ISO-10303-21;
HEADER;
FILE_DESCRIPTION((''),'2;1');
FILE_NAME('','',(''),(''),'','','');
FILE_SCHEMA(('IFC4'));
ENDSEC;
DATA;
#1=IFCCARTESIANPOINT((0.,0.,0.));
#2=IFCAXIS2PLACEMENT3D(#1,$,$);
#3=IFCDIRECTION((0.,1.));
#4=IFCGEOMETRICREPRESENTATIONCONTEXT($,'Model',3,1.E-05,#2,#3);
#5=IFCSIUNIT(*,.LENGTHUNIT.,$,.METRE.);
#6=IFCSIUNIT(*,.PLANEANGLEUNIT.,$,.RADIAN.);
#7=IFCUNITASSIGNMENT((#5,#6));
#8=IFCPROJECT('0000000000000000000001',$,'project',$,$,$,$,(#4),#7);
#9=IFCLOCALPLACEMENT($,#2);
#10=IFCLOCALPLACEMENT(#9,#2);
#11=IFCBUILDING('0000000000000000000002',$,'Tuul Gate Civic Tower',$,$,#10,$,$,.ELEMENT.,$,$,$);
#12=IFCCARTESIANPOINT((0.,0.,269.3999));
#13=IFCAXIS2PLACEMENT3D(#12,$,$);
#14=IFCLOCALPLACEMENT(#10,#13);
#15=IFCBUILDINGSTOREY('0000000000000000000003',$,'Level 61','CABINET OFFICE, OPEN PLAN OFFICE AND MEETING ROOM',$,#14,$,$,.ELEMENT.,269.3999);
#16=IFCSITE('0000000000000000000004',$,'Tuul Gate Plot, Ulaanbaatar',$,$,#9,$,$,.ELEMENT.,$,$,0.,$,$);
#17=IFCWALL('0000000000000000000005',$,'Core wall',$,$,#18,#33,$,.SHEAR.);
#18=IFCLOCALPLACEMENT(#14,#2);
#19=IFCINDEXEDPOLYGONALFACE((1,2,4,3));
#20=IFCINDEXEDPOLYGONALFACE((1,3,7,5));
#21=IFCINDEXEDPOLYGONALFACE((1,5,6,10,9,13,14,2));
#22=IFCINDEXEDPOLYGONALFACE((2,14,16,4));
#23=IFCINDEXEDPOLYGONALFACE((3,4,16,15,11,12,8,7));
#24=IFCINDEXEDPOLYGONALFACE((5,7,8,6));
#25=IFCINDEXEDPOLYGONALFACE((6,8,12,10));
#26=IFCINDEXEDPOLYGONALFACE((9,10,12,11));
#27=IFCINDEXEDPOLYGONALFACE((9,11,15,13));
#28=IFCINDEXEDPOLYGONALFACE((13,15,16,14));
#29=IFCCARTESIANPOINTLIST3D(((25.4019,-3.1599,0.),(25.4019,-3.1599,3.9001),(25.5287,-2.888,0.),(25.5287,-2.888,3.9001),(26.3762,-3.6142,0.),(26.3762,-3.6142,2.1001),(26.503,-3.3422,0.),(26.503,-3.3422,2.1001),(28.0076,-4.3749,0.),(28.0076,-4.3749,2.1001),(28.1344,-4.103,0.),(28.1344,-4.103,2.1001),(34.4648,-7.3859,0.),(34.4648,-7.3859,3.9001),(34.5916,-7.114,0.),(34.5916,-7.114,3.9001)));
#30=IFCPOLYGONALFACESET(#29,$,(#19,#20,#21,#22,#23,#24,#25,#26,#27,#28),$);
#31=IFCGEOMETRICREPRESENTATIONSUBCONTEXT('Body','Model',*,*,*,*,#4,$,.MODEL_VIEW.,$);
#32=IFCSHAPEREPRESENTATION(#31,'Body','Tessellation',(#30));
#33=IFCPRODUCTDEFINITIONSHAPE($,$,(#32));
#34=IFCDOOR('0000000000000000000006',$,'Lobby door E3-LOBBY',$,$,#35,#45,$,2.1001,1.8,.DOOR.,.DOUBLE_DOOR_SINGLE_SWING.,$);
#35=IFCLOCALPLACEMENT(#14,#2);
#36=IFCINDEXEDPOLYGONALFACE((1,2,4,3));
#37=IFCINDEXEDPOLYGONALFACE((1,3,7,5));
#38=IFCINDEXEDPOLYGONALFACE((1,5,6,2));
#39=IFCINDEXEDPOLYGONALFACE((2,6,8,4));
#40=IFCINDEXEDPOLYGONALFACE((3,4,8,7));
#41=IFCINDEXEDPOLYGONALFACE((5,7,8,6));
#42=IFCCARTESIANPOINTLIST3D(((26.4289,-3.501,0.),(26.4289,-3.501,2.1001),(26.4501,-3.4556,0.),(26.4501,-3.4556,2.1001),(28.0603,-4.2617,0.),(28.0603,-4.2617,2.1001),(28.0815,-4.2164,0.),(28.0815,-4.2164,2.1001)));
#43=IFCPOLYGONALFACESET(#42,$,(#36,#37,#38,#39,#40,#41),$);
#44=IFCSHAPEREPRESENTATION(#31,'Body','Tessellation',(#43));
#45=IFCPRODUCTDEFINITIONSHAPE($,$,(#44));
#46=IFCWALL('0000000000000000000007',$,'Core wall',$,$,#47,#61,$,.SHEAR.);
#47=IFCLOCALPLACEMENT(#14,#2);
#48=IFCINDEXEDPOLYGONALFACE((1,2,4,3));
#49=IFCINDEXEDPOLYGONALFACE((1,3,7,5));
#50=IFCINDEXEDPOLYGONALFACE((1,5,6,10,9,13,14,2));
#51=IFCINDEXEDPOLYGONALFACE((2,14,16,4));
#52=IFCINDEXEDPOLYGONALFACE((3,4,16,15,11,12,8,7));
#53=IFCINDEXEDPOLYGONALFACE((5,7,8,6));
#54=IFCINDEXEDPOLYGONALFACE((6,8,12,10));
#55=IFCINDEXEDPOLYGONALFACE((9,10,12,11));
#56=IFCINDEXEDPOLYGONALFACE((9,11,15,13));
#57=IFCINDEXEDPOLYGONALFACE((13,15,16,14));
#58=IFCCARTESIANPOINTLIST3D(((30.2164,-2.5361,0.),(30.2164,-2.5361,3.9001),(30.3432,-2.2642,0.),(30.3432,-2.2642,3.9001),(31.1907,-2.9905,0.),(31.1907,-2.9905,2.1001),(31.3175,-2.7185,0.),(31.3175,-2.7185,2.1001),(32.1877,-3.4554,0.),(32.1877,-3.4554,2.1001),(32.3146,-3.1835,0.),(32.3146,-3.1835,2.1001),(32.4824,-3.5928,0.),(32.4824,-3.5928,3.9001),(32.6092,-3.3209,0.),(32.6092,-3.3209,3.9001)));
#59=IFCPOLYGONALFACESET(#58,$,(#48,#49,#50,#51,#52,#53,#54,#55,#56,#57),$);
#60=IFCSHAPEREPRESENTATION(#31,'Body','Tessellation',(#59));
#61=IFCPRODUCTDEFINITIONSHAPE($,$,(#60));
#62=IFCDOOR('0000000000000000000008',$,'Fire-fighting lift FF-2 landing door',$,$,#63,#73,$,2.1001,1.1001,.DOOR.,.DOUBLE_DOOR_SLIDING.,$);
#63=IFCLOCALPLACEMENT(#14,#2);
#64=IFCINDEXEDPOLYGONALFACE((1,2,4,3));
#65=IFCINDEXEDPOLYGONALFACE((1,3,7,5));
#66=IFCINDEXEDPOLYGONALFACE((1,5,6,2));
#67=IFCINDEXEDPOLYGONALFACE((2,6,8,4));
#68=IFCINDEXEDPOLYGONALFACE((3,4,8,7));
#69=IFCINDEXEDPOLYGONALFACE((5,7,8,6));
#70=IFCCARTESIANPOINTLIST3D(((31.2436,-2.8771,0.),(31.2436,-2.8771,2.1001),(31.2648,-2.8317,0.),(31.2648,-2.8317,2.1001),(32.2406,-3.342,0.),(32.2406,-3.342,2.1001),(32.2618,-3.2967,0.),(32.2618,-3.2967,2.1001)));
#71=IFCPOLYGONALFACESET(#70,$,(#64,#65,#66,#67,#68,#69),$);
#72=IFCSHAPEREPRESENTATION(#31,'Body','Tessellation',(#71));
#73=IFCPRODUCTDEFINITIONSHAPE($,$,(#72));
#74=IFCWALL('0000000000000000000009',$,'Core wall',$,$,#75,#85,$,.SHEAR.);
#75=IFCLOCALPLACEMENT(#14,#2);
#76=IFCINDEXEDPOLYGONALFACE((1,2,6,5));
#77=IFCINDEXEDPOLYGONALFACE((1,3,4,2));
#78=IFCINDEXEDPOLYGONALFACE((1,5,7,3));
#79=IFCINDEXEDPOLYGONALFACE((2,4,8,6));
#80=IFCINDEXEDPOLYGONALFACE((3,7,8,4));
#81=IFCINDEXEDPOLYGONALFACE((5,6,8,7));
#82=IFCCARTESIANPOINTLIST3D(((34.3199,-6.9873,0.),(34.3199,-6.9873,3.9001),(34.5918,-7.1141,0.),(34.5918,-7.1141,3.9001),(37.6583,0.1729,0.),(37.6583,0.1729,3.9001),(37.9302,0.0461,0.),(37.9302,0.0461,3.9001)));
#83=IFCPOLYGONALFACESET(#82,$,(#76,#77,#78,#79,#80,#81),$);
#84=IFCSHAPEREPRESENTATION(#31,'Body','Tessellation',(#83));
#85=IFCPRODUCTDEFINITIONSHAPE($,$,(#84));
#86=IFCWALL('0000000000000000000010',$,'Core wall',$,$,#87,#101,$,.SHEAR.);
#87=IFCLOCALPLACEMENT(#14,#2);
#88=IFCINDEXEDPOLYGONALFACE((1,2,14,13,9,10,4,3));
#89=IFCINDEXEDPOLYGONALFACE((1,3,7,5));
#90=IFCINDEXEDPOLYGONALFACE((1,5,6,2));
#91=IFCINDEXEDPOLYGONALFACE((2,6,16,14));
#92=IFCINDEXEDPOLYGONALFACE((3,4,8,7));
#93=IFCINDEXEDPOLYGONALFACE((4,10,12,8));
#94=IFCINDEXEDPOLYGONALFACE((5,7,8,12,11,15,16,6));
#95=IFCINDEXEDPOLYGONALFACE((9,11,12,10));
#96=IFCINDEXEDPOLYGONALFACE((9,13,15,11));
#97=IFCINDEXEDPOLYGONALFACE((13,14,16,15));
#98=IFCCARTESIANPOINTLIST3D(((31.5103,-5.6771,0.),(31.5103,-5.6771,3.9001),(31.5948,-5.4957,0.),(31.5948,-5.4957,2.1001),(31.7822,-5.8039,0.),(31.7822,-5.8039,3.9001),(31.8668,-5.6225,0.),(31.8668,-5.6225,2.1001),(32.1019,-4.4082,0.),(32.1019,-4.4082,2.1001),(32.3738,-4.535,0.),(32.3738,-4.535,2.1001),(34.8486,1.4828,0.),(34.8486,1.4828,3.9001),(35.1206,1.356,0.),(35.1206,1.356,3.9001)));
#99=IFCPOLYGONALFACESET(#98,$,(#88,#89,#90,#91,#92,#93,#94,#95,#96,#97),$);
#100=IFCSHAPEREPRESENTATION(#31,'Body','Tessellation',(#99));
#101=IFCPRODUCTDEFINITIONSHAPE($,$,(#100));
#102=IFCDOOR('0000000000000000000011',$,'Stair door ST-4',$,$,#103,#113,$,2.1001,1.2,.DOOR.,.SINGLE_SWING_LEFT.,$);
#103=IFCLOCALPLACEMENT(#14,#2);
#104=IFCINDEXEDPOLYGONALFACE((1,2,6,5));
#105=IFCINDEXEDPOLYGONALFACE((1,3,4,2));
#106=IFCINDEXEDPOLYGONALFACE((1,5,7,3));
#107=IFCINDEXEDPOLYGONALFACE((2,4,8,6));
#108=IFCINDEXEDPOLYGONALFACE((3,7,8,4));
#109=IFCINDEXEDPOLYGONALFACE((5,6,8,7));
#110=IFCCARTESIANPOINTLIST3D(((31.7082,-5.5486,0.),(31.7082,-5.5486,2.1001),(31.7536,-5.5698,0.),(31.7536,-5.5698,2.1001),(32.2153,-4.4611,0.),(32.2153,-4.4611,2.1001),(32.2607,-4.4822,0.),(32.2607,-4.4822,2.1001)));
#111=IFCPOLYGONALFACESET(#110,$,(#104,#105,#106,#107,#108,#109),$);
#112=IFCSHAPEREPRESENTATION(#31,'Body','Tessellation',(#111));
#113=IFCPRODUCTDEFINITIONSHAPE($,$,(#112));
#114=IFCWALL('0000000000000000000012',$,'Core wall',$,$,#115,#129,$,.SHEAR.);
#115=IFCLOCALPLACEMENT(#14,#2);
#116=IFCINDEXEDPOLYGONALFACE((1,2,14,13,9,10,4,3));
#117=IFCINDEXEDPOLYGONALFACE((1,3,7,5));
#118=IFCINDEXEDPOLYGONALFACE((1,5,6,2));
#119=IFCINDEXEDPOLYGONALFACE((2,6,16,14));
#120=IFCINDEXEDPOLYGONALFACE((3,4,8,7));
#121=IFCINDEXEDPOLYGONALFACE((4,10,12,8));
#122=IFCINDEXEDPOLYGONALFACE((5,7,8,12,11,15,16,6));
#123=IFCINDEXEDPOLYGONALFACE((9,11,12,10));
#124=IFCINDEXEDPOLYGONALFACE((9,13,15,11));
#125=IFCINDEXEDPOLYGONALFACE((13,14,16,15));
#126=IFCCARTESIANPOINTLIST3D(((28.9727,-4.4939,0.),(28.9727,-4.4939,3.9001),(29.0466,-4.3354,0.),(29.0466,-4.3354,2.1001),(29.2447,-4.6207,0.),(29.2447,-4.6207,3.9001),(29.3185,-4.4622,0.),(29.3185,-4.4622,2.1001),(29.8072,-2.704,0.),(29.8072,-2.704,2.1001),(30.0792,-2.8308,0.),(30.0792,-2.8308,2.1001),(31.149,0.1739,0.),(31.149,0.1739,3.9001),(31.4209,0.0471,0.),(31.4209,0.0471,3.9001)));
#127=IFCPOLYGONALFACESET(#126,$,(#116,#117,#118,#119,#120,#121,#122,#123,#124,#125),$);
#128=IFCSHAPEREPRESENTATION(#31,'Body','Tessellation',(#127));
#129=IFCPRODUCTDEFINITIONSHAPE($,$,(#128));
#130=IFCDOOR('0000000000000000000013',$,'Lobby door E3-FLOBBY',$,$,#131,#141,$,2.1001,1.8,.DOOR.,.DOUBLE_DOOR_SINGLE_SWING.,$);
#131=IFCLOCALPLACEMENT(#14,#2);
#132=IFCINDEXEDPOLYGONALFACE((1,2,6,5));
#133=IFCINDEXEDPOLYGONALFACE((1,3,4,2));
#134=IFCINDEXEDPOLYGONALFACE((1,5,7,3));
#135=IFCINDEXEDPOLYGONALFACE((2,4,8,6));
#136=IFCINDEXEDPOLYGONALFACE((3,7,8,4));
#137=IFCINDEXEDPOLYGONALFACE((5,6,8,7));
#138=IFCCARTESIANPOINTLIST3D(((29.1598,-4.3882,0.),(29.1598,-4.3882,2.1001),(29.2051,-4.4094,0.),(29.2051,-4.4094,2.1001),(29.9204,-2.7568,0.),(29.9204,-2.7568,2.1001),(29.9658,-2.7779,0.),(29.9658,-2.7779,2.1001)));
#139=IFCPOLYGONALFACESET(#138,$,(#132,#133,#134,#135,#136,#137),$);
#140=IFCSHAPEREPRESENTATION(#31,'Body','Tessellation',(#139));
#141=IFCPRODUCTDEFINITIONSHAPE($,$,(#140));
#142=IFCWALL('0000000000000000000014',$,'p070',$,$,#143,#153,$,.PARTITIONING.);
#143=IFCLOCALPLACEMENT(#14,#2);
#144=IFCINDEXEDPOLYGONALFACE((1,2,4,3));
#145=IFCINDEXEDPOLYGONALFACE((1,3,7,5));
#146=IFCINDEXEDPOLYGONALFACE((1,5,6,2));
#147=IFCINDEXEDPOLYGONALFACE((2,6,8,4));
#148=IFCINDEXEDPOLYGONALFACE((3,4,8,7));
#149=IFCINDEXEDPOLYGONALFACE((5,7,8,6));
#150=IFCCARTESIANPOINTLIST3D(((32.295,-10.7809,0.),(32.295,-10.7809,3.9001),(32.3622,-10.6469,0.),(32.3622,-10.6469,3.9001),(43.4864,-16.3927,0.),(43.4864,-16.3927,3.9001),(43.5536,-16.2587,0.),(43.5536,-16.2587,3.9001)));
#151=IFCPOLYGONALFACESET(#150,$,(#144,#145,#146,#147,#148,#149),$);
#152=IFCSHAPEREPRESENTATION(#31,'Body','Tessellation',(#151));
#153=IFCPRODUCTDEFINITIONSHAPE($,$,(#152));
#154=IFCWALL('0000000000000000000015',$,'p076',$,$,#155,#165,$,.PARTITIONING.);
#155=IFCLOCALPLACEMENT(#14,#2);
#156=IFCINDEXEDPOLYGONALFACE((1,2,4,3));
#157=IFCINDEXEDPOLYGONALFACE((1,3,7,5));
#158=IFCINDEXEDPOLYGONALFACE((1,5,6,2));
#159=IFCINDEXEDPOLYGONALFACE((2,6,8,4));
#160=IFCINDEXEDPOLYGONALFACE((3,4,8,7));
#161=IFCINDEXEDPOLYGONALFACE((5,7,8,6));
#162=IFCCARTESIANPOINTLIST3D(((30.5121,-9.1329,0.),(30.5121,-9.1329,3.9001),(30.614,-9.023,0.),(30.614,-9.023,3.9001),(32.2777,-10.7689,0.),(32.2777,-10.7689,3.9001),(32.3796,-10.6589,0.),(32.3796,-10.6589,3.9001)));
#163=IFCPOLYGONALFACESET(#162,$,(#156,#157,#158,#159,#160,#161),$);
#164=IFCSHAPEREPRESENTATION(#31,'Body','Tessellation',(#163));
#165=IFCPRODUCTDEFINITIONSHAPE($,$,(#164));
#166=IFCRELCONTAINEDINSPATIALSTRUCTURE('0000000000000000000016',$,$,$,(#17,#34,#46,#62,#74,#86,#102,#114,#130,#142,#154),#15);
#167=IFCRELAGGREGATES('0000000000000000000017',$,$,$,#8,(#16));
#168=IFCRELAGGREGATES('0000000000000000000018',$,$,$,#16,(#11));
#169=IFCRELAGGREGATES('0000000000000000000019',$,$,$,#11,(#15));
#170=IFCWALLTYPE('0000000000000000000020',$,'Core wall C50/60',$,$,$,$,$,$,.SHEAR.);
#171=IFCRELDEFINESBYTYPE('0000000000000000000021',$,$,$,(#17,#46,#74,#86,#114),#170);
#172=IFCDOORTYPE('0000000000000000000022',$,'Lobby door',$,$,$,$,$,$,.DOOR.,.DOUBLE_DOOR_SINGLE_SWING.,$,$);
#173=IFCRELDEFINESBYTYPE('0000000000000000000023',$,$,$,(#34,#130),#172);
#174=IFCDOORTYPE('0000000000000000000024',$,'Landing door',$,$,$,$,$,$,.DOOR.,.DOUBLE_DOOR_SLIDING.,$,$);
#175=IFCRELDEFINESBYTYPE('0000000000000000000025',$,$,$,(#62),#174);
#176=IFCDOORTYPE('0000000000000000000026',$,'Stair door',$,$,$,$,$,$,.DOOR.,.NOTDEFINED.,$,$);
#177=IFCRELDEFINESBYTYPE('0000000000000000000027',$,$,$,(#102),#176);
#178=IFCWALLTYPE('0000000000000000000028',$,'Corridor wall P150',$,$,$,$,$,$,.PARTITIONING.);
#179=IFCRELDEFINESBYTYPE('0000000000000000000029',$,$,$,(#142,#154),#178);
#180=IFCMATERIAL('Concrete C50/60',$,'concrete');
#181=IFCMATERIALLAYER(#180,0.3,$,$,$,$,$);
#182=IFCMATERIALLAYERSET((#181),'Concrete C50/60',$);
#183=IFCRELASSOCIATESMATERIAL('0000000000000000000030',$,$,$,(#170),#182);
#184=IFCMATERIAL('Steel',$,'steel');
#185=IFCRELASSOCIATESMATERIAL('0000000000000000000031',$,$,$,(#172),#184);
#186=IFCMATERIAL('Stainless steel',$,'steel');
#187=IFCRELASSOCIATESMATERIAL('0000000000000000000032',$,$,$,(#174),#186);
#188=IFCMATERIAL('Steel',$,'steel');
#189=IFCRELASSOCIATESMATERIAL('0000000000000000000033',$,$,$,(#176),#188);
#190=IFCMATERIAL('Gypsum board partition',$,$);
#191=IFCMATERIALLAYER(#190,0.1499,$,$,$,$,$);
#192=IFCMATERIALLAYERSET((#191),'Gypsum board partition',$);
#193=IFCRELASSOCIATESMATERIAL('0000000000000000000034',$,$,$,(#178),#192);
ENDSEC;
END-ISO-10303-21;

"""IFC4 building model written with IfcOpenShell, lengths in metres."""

from ifc_helpers import new_model, si_unit, direction, frame, frame_2d, origin, place, context, subcontext, project, spatial, rectangle, extrude, material, layer, layer_set, type_object, element, fill, save


model = new_model("IFC4")

# Units and contexts
model_context = context("Model", 3, precision=1e-05, world=origin(), true_north=direction((0.0, 1.0)))
body_context = subcontext(model_context, "Body", "Model", "MODEL_VIEW")
ifc_project = project(units=[si_unit("LENGTHUNIT", "METRE"), si_unit("PLANEANGLEUNIT", "RADIAN")], contexts=[model_context])

# Site, building, storey
site_placement = place(None, origin())
site = spatial("IfcSite", under=ifc_project, at=site_placement, Name="Tuul Gate Plot, Ulaanbaatar", CompositionType="ELEMENT", RefElevation=0.0)
building_placement = place(site_placement, origin())
building = spatial("IfcBuilding", under=site, at=building_placement, Name="Tuul Gate Civic Tower", CompositionType="ELEMENT")
storey_placement = place(building_placement, frame((0.0, 0.0, 269.3999)))
storey = spatial("IfcBuildingStorey", under=building, at=storey_placement, Name="Level 61", Description="CABINET OFFICE, OPEN PLAN OFFICE AND MEETING ROOM", CompositionType="ELEMENT", Elevation=269.3999)

# Walls, openings, doors
ifc_material_1 = material(Name="Concrete C50/60", Category="concrete")
ifc_layer_1 = layer(ifc_material_1, 0.3)
ifc_layer_set_1 = layer_set([ifc_layer_1], Name="Concrete C50/60")
wall_type_1 = type_object("IfcWallType", Name="Core wall C50/60", PredefinedType="SHEAR", material=ifc_layer_set_1)
wall_1_placement = place(storey_placement, frame((34.5283, -7.25, 0.0), z_axis=(0.0, 0.0, 1.0), x_axis=(-0.90631, 0.422613, 0.0)))
wall_1 = element("IfcWall", 1, at=wall_1_placement, inside=storey, type_object=wall_type_1, Name="Core wall", PredefinedType="SHEAR", context=body_context, shape_type="SweptSolid", body=[
    extrude(rectangle(XDim=9.9998, YDim=0.3, at=frame_2d((5.0, 0.0))), origin(), (0.0, 0.0, 1.0), 3.9001),
])
opening_1_placement = place(wall_1_placement, frame((7.125, 0.0, 0.0)))
opening_1 = element("IfcOpeningElement", 2, at=opening_1_placement, cuts=wall_1, PredefinedType="OPENING", context=body_context, shape_type="SweptSolid", body=[
    extrude(rectangle(XDim=1.8, YDim=2.1001, at=frame_2d((0.8999, 1.05))), frame((0.0, 0.1602, 0.0), z_axis=(0.0, -1.0, 0.0), x_axis=(1.0, 0.0, 0.0)), (0.0, 0.0, 1.0), 0.3201),
])
ifc_material_2 = material(Name="Steel", Category="steel")
door_type_1 = type_object("IfcDoorType", Name="Lobby door", OperationType="DOUBLE_DOOR_SINGLE_SWING", PredefinedType="DOOR", material=ifc_material_2)
door_1_placement = place(opening_1_placement, frame((1.8, 0.0, 0.0), z_axis=(0.0, 0.0, 1.0), x_axis=(-1.0, 0.0, 0.0)))
door_1 = element("IfcDoor", 3, at=door_1_placement, inside=storey, type_object=door_type_1, Name="Lobby door E3-LOBBY", OperationType="DOUBLE_DOOR_SINGLE_SWING", OverallHeight=2.1001, OverallWidth=1.8, PredefinedType="DOOR", context=body_context, shape_type="SweptSolid", body=[
    extrude(rectangle(XDim=1.8, YDim=2.1001, at=frame_2d((0.9001, 1.05))), frame((0.0, 0.0249, 0.0), z_axis=(0.0, -1.0, 0.0), x_axis=(1.0, 0.0, 0.0)), (0.0, 0.0, 1.0), 0.05),
])
fill(opening_1, door_1)
wall_2_placement = place(storey_placement, frame((32.5457, -3.4568, 0.0), z_axis=(0.0, 0.0, 1.0), x_axis=(-0.9063, 0.422634, 0.0)))
wall_2 = element("IfcWall", 4, at=wall_2_placement, inside=storey, type_object=wall_type_1, Name="Core wall", PredefinedType="SHEAR", context=body_context, shape_type="SweptSolid", body=[
    extrude(rectangle(XDim=2.5002, YDim=0.3, at=frame_2d((1.25, 0.0))), origin(), (0.0, 0.0, 1.0), 3.9001),
])
opening_2_placement = place(wall_2_placement, frame((0.325, 0.0, 0.0)))
opening_2 = element("IfcOpeningElement", 5, at=opening_2_placement, cuts=wall_2, PredefinedType="OPENING", context=body_context, shape_type="SweptSolid", body=[
    extrude(rectangle(XDim=1.1001, YDim=2.1001, at=frame_2d((0.55, 1.05))), frame((0.0, 0.1602, 0.0), z_axis=(0.0, -1.0, 0.0), x_axis=(1.0, 0.0, 0.0)), (0.0, 0.0, 1.0), 0.3201),
])
ifc_material_3 = material(Name="Stainless steel", Category="steel")
door_type_2 = type_object("IfcDoorType", Name="Landing door", OperationType="DOUBLE_DOOR_SLIDING", PredefinedType="DOOR", material=ifc_material_3)
door_2_placement = place(opening_2_placement, origin())
door_2 = element("IfcDoor", 6, at=door_2_placement, inside=storey, type_object=door_type_2, Name="Fire-fighting lift FF-2 landing door", OperationType="DOUBLE_DOOR_SLIDING", OverallHeight=2.1001, OverallWidth=1.1001, PredefinedType="DOOR", context=body_context, shape_type="SweptSolid", body=[
    extrude(rectangle(XDim=1.1001, YDim=2.1001, at=frame_2d((0.55, 1.05))), frame((0.0, 0.0249, 0.0), z_axis=(0.0, -1.0, 0.0), x_axis=(1.0, 0.0, 0.0)), (0.0, 0.0, 1.0), 0.05),
])
fill(opening_2, door_2)

# Wall
wall_3_placement = place(storey_placement, frame((34.4558, -7.0508, 0.0), z_axis=(0.0, 0.0, 1.0), x_axis=(0.422571, 0.90633, 0.0)))
element("IfcWall", 7, at=wall_3_placement, inside=storey, type_object=wall_type_1, Name="Core wall", PredefinedType="SHEAR", context=body_context, shape_type="SweptSolid", body=[
    extrude(rectangle(XDim=7.9001, YDim=0.3, at=frame_2d((3.9502, 0.0))), origin(), (0.0, 0.0, 1.0), 3.9001),
])

# Walls, openings, doors
wall_4_placement = place(storey_placement, frame((31.6462, -5.7405, 0.0), z_axis=(0.0, 0.0, 1.0), x_axis=(0.422583, 0.906324, 0.0)))
wall_4 = element("IfcWall", 8, at=wall_4_placement, inside=storey, type_object=wall_type_1, Name="Core wall", PredefinedType="SHEAR", context=body_context, shape_type="SweptSolid", body=[
    extrude(rectangle(XDim=7.8999, YDim=0.3, at=frame_2d((3.95, 0.0))), origin(), (0.0, 0.0, 1.0), 3.9001),
])
opening_3_placement = place(wall_4_placement, frame((0.2, 0.0, 0.0)))
opening_3 = element("IfcOpeningElement", 9, at=opening_3_placement, cuts=wall_4, PredefinedType="OPENING", context=body_context, shape_type="SweptSolid", body=[
    extrude(rectangle(XDim=1.2, YDim=2.1001, at=frame_2d((0.6001, 1.05))), frame((0.0, 0.1602, 0.0), z_axis=(0.0, -1.0, 0.0), x_axis=(1.0, 0.0, 0.0)), (0.0, 0.0, 1.0), 0.3201),
])
ifc_material_4 = material(Name="Steel", Category="steel")
door_type_3 = type_object("IfcDoorType", Name="Stair door", OperationType="NOTDEFINED", PredefinedType="DOOR", material=ifc_material_4)
door_3_placement = place(opening_3_placement, origin())
door_3 = element("IfcDoor", 10, at=door_3_placement, inside=storey, type_object=door_type_3, Name="Stair door ST-4", OperationType="SINGLE_SWING_LEFT", OverallHeight=2.1001, OverallWidth=1.2, PredefinedType="DOOR", context=body_context, shape_type="SweptSolid", body=[
    extrude(rectangle(XDim=1.2, YDim=2.1001, at=frame_2d((0.6001, 1.05))), frame((0.0, 0.0249, 0.0), z_axis=(0.0, -1.0, 0.0), x_axis=(1.0, 0.0, 0.0)), (0.0, 0.0, 1.0), 0.05),
])
fill(opening_3, door_3)
wall_5_placement = place(storey_placement, frame((29.1086, -4.5574, 0.0), z_axis=(0.0, 0.0, 1.0), x_axis=(0.422566, 0.906332, 0.0)))
wall_5 = element("IfcWall", 11, at=wall_5_placement, inside=storey, type_object=wall_type_1, Name="Core wall", PredefinedType="SHEAR", context=body_context, shape_type="SweptSolid", body=[
    extrude(rectangle(XDim=5.1501, YDim=0.3, at=frame_2d((2.5752, 0.0))), origin(), (0.0, 0.0, 1.0), 3.9001),
])
opening_4_placement = place(wall_5_placement, frame((0.175, 0.0, 0.0)))
opening_4 = element("IfcOpeningElement", 12, at=opening_4_placement, cuts=wall_5, PredefinedType="OPENING", context=body_context, shape_type="SweptSolid", body=[
    extrude(rectangle(XDim=1.8, YDim=2.1001, at=frame_2d((0.8999, 1.05))), frame((0.0, 0.1602, 0.0), z_axis=(0.0, -1.0, 0.0), x_axis=(1.0, 0.0, 0.0)), (0.0, 0.0, 1.0), 0.3201),
])
door_4_placement = place(opening_4_placement, frame((1.8, 0.0, 0.0), z_axis=(0.0, 0.0, 1.0), x_axis=(-1.0, 0.0, 0.0)))
door_4 = element("IfcDoor", 13, at=door_4_placement, inside=storey, type_object=door_type_1, Name="Lobby door E3-FLOBBY", OperationType="DOUBLE_DOOR_SINGLE_SWING", OverallHeight=2.1001, OverallWidth=1.8, PredefinedType="DOOR", context=body_context, shape_type="SweptSolid", body=[
    extrude(rectangle(XDim=1.8, YDim=2.1001, at=frame_2d((0.9001, 1.05))), frame((0.0, 0.0249, 0.0), z_axis=(0.0, -1.0, 0.0), x_axis=(1.0, 0.0, 0.0)), (0.0, 0.0, 1.0), 0.05),
])
fill(opening_4, door_4)

# Walls
ifc_material_5 = material(Name="Gypsum board partition")
ifc_layer_2 = layer(ifc_material_5, 0.1499)
ifc_layer_set_2 = layer_set([ifc_layer_2], Name="Gypsum board partition")
wall_type_2 = type_object("IfcWallType", Name="Corridor wall P150", PredefinedType="PARTITIONING", material=ifc_layer_set_2)
wall_6_placement = place(storey_placement, frame((32.3286, -10.7139, 0.0), z_axis=(0.0, 0.0, 1.0), x_axis=(0.893912, -0.448243, 0.0)))
element("IfcWall", 14, at=wall_6_placement, inside=storey, type_object=wall_type_2, Name="p070", PredefinedType="PARTITIONING", context=body_context, shape_type="SweptSolid", body=[
    extrude(rectangle(XDim=12.5195, YDim=0.1499, at=frame_2d((6.2598, 0.0))), origin(), (0.0, 0.0, 1.0), 3.9001),
])
wall_7_placement = place(storey_placement, frame((30.563, -9.0779, 0.0), z_axis=(0.0, 0.0, 1.0), x_axis=(0.733523, -0.679665, 0.0)))
element("IfcWall", 15, at=wall_7_placement, inside=storey, type_object=wall_type_2, Name="p076", PredefinedType="PARTITIONING", context=body_context, shape_type="SweptSolid", body=[
    extrude(rectangle(XDim=2.407, YDim=0.1499, at=frame_2d((1.2036, 0.0))), origin(), (0.0, 0.0, 1.0), 3.9001),
])

save(model, "model.ifc")
